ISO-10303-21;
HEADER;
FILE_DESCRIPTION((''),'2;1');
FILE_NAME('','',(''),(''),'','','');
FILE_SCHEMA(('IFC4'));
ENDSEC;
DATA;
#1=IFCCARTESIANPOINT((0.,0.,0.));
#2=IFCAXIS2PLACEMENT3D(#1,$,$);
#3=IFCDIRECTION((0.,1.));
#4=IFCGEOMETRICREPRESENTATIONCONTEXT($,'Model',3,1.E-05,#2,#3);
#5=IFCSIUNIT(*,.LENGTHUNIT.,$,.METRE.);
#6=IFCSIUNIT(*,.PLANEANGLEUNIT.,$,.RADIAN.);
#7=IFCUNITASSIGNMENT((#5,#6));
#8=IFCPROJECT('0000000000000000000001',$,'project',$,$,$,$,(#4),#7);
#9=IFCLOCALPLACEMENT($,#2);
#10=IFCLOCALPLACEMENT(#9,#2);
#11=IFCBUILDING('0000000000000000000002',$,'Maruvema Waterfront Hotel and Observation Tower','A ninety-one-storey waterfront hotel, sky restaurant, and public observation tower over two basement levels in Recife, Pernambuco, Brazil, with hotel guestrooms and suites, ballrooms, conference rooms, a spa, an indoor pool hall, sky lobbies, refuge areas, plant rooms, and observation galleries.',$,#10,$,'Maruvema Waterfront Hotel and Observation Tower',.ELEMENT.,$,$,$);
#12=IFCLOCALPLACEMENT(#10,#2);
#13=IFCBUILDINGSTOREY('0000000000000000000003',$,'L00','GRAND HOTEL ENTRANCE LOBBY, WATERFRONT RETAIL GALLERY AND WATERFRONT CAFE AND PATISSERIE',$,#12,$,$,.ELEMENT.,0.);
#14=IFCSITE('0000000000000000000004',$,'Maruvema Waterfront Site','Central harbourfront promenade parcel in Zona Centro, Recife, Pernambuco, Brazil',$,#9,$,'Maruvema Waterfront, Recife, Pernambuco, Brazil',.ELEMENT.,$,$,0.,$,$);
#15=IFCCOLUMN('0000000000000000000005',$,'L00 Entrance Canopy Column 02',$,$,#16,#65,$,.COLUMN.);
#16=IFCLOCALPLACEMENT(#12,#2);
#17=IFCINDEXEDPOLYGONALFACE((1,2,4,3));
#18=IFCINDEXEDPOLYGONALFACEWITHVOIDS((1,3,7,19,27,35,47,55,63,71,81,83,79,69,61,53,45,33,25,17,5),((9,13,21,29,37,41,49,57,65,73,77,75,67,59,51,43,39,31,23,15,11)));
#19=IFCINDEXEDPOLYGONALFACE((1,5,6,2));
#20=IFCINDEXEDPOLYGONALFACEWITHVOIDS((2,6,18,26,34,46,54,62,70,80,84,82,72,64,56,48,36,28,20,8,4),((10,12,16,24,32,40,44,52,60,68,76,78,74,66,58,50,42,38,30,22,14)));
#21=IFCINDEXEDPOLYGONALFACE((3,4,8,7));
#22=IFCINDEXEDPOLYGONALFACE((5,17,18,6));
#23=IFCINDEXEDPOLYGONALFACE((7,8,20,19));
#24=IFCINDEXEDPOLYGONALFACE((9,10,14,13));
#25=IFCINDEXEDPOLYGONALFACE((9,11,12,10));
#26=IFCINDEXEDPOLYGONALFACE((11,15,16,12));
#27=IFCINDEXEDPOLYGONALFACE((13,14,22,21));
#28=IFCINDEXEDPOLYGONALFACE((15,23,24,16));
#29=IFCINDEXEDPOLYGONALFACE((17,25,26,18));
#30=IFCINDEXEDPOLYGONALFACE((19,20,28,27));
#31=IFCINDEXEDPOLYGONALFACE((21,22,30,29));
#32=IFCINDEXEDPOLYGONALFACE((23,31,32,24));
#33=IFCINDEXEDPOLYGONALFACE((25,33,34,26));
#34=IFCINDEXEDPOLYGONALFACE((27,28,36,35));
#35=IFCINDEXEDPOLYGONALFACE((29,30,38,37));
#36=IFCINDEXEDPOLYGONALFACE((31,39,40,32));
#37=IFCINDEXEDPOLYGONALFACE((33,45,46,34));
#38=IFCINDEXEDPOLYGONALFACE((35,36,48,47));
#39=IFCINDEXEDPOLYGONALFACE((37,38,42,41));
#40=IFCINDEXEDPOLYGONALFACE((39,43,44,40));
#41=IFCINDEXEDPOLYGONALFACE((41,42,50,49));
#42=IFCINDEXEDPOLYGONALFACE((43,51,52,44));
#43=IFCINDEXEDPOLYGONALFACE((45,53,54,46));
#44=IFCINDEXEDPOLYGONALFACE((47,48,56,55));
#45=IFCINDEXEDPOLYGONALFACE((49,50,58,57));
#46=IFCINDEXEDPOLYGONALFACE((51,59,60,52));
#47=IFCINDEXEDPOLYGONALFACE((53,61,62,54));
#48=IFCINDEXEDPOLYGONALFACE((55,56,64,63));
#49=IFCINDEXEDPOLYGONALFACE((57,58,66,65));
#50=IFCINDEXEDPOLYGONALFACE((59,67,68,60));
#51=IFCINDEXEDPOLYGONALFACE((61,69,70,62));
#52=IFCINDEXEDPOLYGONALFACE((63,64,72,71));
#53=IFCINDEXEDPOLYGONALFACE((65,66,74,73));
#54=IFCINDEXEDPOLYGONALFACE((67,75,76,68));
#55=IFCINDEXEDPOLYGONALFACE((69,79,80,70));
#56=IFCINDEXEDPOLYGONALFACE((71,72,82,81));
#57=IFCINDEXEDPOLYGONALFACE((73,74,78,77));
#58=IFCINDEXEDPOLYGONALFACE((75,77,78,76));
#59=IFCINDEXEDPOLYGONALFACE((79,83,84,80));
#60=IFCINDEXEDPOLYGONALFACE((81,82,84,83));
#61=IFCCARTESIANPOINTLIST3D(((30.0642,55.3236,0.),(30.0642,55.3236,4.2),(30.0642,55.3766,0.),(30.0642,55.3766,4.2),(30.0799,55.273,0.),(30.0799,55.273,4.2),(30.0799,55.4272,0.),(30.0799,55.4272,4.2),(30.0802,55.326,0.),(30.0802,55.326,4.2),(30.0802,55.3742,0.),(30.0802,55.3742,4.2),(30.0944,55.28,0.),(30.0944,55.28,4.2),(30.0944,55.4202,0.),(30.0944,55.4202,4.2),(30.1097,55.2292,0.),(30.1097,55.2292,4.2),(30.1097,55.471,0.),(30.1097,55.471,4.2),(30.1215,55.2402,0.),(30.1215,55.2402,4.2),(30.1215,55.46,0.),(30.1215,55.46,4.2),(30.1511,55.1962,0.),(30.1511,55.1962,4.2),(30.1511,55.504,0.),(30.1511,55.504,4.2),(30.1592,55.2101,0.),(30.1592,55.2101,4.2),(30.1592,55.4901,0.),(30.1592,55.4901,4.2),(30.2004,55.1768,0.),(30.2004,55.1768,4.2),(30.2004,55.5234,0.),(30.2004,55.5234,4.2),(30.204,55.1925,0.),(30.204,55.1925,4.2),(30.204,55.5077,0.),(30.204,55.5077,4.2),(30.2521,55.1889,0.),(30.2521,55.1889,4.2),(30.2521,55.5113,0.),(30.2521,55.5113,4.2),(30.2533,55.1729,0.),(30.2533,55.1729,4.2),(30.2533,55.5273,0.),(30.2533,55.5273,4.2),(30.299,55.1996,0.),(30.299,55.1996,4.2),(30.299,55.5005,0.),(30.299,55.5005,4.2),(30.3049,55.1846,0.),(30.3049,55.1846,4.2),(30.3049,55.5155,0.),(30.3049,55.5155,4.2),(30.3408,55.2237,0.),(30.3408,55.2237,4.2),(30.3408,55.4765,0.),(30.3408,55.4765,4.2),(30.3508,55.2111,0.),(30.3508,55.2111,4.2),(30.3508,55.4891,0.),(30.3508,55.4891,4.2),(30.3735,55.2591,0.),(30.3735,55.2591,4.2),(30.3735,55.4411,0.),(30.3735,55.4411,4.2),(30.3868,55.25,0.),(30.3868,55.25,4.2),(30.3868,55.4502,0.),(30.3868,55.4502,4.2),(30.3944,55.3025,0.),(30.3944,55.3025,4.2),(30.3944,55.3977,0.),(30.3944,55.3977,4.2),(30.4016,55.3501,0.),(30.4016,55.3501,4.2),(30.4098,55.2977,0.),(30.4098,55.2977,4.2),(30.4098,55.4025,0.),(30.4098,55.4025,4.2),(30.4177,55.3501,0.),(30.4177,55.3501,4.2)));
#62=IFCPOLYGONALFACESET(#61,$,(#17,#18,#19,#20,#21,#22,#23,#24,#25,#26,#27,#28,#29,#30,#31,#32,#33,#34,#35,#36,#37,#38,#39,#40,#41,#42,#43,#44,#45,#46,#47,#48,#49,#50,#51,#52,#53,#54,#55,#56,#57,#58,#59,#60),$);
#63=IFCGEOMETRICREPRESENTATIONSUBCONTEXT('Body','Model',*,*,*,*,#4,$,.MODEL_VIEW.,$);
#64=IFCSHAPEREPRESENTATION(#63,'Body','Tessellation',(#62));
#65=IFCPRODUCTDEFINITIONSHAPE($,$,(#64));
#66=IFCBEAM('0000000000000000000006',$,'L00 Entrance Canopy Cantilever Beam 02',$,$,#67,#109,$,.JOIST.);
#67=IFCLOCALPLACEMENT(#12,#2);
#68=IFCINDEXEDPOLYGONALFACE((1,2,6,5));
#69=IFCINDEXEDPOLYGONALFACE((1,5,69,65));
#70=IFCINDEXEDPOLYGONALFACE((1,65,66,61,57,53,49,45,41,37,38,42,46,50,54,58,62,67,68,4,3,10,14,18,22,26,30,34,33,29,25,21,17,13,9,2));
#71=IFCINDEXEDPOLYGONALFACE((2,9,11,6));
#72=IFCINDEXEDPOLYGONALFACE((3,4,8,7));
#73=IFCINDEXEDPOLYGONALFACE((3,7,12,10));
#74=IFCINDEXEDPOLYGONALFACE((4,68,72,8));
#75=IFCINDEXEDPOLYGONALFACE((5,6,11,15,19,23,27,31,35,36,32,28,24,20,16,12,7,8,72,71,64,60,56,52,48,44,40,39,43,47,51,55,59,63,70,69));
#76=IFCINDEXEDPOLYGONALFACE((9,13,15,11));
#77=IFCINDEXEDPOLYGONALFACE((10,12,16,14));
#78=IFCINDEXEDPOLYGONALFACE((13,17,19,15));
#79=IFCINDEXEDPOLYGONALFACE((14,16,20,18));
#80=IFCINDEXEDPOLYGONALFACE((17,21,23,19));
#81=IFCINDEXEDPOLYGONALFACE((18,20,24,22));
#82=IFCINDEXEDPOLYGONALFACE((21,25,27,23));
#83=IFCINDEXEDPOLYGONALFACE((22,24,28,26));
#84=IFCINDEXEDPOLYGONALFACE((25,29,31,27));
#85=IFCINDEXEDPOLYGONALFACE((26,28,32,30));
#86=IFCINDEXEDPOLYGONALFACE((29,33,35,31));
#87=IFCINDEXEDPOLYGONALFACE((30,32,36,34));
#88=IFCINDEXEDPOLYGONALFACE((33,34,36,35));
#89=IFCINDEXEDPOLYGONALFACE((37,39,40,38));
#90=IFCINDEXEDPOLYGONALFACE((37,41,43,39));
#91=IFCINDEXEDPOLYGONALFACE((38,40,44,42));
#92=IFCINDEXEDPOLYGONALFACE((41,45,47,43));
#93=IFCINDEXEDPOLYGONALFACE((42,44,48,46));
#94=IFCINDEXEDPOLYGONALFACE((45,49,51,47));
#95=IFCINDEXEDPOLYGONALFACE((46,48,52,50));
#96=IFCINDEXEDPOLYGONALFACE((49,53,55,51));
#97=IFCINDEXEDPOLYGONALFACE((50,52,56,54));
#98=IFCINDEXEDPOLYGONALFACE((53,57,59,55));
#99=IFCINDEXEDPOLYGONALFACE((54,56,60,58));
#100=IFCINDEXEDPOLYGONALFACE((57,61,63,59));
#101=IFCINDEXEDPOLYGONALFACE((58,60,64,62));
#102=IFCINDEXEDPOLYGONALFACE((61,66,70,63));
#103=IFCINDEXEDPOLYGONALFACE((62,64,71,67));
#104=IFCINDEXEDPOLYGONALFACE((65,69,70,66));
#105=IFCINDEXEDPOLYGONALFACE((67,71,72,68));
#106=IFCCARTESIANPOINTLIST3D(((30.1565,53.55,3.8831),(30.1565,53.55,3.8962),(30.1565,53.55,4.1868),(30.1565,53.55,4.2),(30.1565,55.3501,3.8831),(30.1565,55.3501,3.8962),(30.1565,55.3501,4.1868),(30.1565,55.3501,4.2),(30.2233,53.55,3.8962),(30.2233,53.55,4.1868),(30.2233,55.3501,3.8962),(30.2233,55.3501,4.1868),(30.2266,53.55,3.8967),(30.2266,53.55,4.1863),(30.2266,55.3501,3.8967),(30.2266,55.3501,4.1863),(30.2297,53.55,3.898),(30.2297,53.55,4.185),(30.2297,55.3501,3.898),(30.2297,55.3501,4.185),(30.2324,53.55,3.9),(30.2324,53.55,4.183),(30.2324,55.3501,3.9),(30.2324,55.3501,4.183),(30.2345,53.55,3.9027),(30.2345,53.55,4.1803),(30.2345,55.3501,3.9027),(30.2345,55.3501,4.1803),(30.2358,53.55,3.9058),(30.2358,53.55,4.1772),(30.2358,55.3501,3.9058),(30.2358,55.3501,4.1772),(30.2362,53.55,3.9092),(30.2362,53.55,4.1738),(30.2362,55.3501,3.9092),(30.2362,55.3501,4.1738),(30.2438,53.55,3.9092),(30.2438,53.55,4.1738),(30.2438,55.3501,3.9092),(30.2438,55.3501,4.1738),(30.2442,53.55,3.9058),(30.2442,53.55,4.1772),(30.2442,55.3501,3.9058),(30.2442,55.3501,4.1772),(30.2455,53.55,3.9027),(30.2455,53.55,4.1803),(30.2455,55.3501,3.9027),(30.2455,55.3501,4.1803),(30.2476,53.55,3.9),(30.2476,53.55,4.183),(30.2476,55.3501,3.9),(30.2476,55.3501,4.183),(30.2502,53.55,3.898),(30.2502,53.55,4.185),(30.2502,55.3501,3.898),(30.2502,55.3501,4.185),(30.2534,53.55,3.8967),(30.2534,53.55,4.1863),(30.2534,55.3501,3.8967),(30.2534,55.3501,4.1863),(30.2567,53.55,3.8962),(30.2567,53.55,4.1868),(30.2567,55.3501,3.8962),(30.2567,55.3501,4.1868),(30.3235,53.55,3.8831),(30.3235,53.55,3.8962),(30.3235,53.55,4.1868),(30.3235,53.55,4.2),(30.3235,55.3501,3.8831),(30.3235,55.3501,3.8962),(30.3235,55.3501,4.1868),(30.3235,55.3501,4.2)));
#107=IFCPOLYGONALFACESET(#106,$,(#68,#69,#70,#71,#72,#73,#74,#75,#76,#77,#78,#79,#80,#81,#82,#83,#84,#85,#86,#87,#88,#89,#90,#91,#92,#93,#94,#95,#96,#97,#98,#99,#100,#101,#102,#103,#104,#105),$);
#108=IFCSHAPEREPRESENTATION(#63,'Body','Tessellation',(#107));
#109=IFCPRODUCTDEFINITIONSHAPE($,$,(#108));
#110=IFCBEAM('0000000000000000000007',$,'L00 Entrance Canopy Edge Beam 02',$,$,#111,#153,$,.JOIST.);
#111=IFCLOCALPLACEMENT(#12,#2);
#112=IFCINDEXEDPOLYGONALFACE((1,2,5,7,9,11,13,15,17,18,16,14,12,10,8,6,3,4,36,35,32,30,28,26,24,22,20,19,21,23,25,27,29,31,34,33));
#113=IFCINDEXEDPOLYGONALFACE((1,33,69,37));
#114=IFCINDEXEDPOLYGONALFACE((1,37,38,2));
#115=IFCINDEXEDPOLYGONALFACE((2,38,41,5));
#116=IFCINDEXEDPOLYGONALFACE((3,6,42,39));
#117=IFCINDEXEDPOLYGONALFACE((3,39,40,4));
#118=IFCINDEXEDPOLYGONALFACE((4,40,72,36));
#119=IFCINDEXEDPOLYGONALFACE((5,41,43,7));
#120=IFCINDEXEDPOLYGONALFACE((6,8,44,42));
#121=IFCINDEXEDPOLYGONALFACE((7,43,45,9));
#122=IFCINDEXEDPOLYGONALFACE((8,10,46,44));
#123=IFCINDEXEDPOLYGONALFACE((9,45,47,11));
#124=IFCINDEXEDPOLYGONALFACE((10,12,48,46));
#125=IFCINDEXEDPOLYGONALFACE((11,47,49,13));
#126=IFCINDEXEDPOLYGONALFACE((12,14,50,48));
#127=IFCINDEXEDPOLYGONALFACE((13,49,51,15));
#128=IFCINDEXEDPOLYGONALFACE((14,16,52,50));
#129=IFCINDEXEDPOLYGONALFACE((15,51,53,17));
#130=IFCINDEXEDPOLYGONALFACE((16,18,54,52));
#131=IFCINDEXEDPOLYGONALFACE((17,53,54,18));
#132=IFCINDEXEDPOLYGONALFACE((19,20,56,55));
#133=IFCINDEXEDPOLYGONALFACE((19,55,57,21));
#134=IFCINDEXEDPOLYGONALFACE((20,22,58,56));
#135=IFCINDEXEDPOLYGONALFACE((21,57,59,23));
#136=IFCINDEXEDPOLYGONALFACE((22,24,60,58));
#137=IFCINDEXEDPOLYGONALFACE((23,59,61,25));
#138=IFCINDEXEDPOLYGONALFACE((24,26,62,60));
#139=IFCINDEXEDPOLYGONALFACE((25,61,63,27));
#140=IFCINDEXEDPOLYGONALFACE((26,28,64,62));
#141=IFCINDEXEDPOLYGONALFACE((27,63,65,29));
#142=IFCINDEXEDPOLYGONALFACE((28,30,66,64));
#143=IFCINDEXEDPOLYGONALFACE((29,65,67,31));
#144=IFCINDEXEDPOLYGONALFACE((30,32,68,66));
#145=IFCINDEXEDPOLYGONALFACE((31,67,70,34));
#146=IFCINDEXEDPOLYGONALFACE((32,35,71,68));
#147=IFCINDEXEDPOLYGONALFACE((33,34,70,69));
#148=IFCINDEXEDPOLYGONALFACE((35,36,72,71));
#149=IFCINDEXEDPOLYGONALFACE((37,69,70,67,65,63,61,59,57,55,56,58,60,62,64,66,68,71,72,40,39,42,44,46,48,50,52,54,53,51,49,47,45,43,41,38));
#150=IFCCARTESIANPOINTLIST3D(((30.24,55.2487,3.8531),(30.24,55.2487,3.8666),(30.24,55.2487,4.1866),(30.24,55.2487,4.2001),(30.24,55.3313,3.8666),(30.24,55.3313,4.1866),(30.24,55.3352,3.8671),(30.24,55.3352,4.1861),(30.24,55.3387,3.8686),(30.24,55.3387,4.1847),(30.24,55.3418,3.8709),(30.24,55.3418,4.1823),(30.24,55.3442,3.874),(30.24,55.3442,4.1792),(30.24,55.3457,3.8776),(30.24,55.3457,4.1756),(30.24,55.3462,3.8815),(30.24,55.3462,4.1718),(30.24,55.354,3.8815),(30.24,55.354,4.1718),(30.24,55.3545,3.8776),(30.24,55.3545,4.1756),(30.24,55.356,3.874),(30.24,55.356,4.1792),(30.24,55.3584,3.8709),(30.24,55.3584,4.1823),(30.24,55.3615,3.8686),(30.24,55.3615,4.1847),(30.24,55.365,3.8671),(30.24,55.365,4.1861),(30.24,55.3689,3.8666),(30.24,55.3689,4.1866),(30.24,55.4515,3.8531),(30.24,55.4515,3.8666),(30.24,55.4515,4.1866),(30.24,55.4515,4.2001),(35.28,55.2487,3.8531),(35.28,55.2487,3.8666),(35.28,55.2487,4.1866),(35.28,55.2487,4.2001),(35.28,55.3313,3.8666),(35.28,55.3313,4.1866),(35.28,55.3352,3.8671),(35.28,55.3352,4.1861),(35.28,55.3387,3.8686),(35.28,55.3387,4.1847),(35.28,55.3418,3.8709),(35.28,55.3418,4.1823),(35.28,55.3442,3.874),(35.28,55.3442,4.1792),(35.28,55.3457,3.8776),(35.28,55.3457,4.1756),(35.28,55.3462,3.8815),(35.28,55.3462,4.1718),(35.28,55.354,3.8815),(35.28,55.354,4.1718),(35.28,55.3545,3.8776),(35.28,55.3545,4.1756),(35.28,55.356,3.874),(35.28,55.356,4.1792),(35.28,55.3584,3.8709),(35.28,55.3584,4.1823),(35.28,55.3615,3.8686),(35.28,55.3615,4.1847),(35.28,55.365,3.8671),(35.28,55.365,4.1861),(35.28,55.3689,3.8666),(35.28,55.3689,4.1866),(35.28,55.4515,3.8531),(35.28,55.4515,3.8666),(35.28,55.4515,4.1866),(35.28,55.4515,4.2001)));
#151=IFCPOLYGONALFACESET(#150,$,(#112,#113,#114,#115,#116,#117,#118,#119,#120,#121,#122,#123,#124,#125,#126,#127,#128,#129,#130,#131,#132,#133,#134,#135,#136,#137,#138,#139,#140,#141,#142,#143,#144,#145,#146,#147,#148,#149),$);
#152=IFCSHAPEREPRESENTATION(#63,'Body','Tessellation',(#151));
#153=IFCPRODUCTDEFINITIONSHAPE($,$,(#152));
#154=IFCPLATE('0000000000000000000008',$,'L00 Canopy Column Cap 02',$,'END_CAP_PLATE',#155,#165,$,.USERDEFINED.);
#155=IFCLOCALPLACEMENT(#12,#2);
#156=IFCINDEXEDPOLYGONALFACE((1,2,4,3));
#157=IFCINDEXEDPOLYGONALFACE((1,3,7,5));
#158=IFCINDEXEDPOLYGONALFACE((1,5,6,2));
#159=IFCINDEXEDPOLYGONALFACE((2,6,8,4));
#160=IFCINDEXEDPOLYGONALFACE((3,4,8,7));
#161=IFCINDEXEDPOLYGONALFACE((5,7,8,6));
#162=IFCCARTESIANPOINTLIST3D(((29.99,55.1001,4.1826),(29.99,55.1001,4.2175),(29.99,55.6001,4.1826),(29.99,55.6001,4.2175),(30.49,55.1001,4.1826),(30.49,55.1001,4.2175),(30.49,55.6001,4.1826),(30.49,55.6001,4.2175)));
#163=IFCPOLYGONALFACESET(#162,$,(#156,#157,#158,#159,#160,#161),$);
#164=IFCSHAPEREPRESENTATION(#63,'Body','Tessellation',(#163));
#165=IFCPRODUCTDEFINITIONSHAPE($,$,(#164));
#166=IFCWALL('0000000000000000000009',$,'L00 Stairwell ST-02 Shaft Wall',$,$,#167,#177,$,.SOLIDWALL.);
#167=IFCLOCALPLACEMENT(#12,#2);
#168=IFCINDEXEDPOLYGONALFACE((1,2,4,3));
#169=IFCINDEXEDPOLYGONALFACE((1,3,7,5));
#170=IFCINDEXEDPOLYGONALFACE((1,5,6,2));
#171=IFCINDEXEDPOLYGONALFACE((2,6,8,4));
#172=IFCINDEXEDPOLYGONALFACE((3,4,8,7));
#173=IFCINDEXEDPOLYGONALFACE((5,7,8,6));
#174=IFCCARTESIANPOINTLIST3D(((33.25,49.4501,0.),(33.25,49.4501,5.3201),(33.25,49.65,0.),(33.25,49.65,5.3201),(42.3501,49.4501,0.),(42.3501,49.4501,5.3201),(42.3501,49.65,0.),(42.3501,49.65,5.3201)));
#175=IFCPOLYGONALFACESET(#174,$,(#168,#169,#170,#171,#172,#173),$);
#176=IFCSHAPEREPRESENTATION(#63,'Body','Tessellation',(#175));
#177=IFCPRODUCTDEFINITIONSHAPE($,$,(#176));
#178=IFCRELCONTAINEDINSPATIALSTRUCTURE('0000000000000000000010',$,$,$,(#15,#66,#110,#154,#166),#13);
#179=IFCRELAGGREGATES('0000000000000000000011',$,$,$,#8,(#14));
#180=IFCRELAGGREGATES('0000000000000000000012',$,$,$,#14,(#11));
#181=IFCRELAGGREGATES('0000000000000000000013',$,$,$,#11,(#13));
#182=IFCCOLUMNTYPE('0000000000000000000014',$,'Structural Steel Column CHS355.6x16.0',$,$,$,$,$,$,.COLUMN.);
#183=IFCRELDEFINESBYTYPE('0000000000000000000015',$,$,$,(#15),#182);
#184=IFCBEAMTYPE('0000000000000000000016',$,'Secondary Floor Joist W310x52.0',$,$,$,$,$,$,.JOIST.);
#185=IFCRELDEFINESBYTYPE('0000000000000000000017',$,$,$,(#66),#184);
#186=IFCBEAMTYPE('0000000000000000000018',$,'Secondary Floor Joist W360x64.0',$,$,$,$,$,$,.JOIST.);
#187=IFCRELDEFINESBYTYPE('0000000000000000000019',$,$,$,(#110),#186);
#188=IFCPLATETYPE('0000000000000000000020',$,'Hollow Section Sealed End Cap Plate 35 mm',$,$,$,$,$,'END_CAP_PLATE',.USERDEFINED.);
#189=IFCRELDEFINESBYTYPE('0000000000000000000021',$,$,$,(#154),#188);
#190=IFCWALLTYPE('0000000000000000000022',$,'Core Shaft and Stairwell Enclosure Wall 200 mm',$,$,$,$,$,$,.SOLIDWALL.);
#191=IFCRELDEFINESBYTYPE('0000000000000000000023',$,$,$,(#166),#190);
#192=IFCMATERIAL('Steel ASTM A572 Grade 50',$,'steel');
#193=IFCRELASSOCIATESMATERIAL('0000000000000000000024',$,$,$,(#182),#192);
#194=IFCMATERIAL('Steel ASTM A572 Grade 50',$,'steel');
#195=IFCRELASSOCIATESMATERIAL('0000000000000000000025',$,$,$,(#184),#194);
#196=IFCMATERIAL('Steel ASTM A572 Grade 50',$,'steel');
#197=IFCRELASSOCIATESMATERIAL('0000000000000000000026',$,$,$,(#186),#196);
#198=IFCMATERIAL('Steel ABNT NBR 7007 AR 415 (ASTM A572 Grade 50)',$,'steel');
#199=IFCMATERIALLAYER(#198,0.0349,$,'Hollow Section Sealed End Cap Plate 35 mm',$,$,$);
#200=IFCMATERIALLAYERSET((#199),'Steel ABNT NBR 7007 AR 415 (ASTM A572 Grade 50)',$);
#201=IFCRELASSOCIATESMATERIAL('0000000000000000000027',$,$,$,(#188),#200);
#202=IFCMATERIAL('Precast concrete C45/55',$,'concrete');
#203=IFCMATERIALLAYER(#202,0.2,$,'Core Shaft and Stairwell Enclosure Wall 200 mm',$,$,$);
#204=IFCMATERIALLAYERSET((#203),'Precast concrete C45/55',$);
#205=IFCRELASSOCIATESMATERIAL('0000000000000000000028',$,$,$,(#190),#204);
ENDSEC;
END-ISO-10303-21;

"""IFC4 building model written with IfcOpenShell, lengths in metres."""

from ifc_helpers import new_model, si_unit, direction, frame, frame_2d, origin, origin_2d, place, context, subcontext, project, spatial, rectangle, hollow_circle, i_section, extrude, material, layer, layer_set, material_profile, profile_set, type_object, element, save


model = new_model("IFC4")

# Units and contexts
model_context = context("Model", 3, precision=1e-05, world=origin(), true_north=direction((0.0, 1.0)))
body_context = subcontext(model_context, "Body", "Model", "MODEL_VIEW")
ifc_project = project(units=[si_unit("LENGTHUNIT", "METRE"), si_unit("PLANEANGLEUNIT", "RADIAN")], contexts=[model_context])

# Site, building, storey
site_placement = place(None, origin())
site = spatial("IfcSite", under=ifc_project, at=site_placement, Name="Maruvema Waterfront Site", Description="Central harbourfront promenade parcel in Zona Centro, Recife, Pernambuco, Brazil", LongName="Maruvema Waterfront, Recife, Pernambuco, Brazil", CompositionType="ELEMENT", RefElevation=0.0)
building_placement = place(site_placement, origin())
building = spatial("IfcBuilding", under=site, at=building_placement, Name="Maruvema Waterfront Hotel and Observation Tower", Description="A ninety-one-storey waterfront hotel, sky restaurant, and public observation tower over two basement levels in Recife, Pernambuco, Brazil, with hotel guestrooms and suites, ballrooms, conference rooms, a spa, an indoor pool hall, sky lobbies, refuge areas, plant rooms, and observation galleries.", LongName="Maruvema Waterfront Hotel and Observation Tower", CompositionType="ELEMENT")
storey_placement = place(building_placement, origin())
storey = spatial("IfcBuildingStorey", under=building, at=storey_placement, Name="L00", Description="GRAND HOTEL ENTRANCE LOBBY, WATERFRONT RETAIL GALLERY AND WATERFRONT CAFE AND PATISSERIE", CompositionType="ELEMENT", Elevation=0.0)

# Column
ifc_material_1 = material(Name="Steel ASTM A572 Grade 50", Category="steel")
ifc_material_profile_1 = material_profile(ifc_material_1, hollow_circle(Radius=0.1777, WallThickness=0.0161, at=origin_2d()), Name="CHS355.6x16.0")
ifc_profile_set_1 = profile_set([ifc_material_profile_1], Name="Steel ASTM A572 Grade 50")
column_type = type_object("IfcColumnType", Name="Structural Steel Column CHS355.6x16.0", PredefinedType="COLUMN", material=ifc_profile_set_1)
column_placement = place(storey_placement, frame((30.24, 55.3501, 0.0), z_axis=(0.0, 0.0, 1.0), x_axis=(1.0, 0.0, 0.0)))
element("IfcColumn", 1, at=column_placement, inside=storey, type_object=column_type, Name="L00 Entrance Canopy Column 02", PredefinedType="COLUMN", context=body_context, shape_type="SweptSolid", body=[
    extrude(hollow_circle(Radius=0.1777, WallThickness=0.0161, at=origin_2d()), origin(), (0.0, 0.0, 1.0), 4.2),
])

# Beams
ifc_material_2 = material(Name="Steel ASTM A572 Grade 50", Category="steel")
ifc_material_profile_2 = material_profile(ifc_material_2, i_section(OverallWidth=0.167, OverallDepth=0.3169, WebThickness=0.0076, FlangeThickness=0.0132, FilletRadius=0.0129, at=origin_2d()), Name="W310x52.0")
ifc_profile_set_2 = profile_set([ifc_material_profile_2], Name="Steel ASTM A572 Grade 50")
beam_type_1 = type_object("IfcBeamType", Name="Secondary Floor Joist W310x52.0", PredefinedType="JOIST", material=ifc_profile_set_2)
beam_1_placement = place(storey_placement, frame((30.24, 53.55, 4.0415), z_axis=(0.0, 1.0, 0.0), x_axis=(-1.0, 0.0, 0.0)))
element("IfcBeam", 2, at=beam_1_placement, inside=storey, type_object=beam_type_1, Name="L00 Entrance Canopy Cantilever Beam 02", PredefinedType="JOIST", context=body_context, shape_type="SweptSolid", body=[
    extrude(i_section(OverallWidth=0.167, OverallDepth=0.3169, WebThickness=0.0076, FlangeThickness=0.0132, FilletRadius=0.0129, at=origin_2d()), origin(), (0.0, 0.0, 1.0), 1.8),
])
ifc_material_3 = material(Name="Steel ASTM A572 Grade 50", Category="steel")
ifc_material_profile_3 = material_profile(ifc_material_3, i_section(OverallWidth=0.2029, OverallDepth=0.3469, WebThickness=0.0078, FlangeThickness=0.0134, FilletRadius=0.0149, at=origin_2d()), Name="W360x64.0")
ifc_profile_set_3 = profile_set([ifc_material_profile_3], Name="Steel ASTM A572 Grade 50")
beam_type_2 = type_object("IfcBeamType", Name="Secondary Floor Joist W360x64.0", PredefinedType="JOIST", material=ifc_profile_set_3)
beam_2_placement = place(storey_placement, frame((30.24, 55.3501, 4.0266), z_axis=(1.0, 0.0, 0.0), x_axis=(0.0, 1.0, 0.0)))
element("IfcBeam", 3, at=beam_2_placement, inside=storey, type_object=beam_type_2, Name="L00 Entrance Canopy Edge Beam 02", PredefinedType="JOIST", context=body_context, shape_type="SweptSolid", body=[
    extrude(i_section(OverallWidth=0.2029, OverallDepth=0.3469, WebThickness=0.0078, FlangeThickness=0.0134, FilletRadius=0.0149, at=origin_2d()), origin(), (0.0, 0.0, 1.0), 5.04),
])

# Plate
ifc_material_4 = material(Name="Steel ABNT NBR 7007 AR 415 (ASTM A572 Grade 50)", Category="steel")
ifc_layer_1 = layer(ifc_material_4, 0.0349, Name="Hollow Section Sealed End Cap Plate 35 mm")
ifc_layer_set_1 = layer_set([ifc_layer_1], Name="Steel ABNT NBR 7007 AR 415 (ASTM A572 Grade 50)")
plate_type = type_object("IfcPlateType", Name="Hollow Section Sealed End Cap Plate 35 mm", ElementType="END_CAP_PLATE", PredefinedType="USERDEFINED", material=ifc_layer_set_1)
plate_placement = place(storey_placement, frame((30.24, 55.3501, 4.1826), z_axis=(0.0, 0.0, 1.0), x_axis=(1.0, 0.0, 0.0)))
element("IfcPlate", 4, at=plate_placement, inside=storey, type_object=plate_type, Name="L00 Canopy Column Cap 02", ObjectType="END_CAP_PLATE", PredefinedType="USERDEFINED", context=body_context, shape_type="SweptSolid", body=[
    extrude(rectangle(XDim=0.5, YDim=0.5, at=origin_2d()), origin(), (0.0, 0.0, 1.0), 0.0349),
])

# Wall
ifc_material_5 = material(Name="Precast concrete C45/55", Category="concrete")
ifc_layer_2 = layer(ifc_material_5, 0.2, Name="Core Shaft and Stairwell Enclosure Wall 200 mm")
ifc_layer_set_2 = layer_set([ifc_layer_2], Name="Precast concrete C45/55")
wall_type_1 = type_object("IfcWallType", Name="Core Shaft and Stairwell Enclosure Wall 200 mm", PredefinedType="SOLIDWALL", material=ifc_layer_set_2)
wall_1_placement = place(storey_placement, frame((33.25, 49.55, 0.0), z_axis=(0.0, 0.0, 1.0), x_axis=(1.0, 0.0, 0.0)))
element("IfcWall", 5, at=wall_1_placement, inside=storey, type_object=wall_type_1, Name="L00 Stairwell ST-02 Shaft Wall", PredefinedType="SOLIDWALL", context=body_context, shape_type="SweptSolid", body=[
    extrude(rectangle(XDim=9.1001, YDim=0.2, at=frame_2d((4.55, 0.0))), origin(), (0.0, 0.0, 1.0), 5.3201),
])

save(model, "model.ifc")
